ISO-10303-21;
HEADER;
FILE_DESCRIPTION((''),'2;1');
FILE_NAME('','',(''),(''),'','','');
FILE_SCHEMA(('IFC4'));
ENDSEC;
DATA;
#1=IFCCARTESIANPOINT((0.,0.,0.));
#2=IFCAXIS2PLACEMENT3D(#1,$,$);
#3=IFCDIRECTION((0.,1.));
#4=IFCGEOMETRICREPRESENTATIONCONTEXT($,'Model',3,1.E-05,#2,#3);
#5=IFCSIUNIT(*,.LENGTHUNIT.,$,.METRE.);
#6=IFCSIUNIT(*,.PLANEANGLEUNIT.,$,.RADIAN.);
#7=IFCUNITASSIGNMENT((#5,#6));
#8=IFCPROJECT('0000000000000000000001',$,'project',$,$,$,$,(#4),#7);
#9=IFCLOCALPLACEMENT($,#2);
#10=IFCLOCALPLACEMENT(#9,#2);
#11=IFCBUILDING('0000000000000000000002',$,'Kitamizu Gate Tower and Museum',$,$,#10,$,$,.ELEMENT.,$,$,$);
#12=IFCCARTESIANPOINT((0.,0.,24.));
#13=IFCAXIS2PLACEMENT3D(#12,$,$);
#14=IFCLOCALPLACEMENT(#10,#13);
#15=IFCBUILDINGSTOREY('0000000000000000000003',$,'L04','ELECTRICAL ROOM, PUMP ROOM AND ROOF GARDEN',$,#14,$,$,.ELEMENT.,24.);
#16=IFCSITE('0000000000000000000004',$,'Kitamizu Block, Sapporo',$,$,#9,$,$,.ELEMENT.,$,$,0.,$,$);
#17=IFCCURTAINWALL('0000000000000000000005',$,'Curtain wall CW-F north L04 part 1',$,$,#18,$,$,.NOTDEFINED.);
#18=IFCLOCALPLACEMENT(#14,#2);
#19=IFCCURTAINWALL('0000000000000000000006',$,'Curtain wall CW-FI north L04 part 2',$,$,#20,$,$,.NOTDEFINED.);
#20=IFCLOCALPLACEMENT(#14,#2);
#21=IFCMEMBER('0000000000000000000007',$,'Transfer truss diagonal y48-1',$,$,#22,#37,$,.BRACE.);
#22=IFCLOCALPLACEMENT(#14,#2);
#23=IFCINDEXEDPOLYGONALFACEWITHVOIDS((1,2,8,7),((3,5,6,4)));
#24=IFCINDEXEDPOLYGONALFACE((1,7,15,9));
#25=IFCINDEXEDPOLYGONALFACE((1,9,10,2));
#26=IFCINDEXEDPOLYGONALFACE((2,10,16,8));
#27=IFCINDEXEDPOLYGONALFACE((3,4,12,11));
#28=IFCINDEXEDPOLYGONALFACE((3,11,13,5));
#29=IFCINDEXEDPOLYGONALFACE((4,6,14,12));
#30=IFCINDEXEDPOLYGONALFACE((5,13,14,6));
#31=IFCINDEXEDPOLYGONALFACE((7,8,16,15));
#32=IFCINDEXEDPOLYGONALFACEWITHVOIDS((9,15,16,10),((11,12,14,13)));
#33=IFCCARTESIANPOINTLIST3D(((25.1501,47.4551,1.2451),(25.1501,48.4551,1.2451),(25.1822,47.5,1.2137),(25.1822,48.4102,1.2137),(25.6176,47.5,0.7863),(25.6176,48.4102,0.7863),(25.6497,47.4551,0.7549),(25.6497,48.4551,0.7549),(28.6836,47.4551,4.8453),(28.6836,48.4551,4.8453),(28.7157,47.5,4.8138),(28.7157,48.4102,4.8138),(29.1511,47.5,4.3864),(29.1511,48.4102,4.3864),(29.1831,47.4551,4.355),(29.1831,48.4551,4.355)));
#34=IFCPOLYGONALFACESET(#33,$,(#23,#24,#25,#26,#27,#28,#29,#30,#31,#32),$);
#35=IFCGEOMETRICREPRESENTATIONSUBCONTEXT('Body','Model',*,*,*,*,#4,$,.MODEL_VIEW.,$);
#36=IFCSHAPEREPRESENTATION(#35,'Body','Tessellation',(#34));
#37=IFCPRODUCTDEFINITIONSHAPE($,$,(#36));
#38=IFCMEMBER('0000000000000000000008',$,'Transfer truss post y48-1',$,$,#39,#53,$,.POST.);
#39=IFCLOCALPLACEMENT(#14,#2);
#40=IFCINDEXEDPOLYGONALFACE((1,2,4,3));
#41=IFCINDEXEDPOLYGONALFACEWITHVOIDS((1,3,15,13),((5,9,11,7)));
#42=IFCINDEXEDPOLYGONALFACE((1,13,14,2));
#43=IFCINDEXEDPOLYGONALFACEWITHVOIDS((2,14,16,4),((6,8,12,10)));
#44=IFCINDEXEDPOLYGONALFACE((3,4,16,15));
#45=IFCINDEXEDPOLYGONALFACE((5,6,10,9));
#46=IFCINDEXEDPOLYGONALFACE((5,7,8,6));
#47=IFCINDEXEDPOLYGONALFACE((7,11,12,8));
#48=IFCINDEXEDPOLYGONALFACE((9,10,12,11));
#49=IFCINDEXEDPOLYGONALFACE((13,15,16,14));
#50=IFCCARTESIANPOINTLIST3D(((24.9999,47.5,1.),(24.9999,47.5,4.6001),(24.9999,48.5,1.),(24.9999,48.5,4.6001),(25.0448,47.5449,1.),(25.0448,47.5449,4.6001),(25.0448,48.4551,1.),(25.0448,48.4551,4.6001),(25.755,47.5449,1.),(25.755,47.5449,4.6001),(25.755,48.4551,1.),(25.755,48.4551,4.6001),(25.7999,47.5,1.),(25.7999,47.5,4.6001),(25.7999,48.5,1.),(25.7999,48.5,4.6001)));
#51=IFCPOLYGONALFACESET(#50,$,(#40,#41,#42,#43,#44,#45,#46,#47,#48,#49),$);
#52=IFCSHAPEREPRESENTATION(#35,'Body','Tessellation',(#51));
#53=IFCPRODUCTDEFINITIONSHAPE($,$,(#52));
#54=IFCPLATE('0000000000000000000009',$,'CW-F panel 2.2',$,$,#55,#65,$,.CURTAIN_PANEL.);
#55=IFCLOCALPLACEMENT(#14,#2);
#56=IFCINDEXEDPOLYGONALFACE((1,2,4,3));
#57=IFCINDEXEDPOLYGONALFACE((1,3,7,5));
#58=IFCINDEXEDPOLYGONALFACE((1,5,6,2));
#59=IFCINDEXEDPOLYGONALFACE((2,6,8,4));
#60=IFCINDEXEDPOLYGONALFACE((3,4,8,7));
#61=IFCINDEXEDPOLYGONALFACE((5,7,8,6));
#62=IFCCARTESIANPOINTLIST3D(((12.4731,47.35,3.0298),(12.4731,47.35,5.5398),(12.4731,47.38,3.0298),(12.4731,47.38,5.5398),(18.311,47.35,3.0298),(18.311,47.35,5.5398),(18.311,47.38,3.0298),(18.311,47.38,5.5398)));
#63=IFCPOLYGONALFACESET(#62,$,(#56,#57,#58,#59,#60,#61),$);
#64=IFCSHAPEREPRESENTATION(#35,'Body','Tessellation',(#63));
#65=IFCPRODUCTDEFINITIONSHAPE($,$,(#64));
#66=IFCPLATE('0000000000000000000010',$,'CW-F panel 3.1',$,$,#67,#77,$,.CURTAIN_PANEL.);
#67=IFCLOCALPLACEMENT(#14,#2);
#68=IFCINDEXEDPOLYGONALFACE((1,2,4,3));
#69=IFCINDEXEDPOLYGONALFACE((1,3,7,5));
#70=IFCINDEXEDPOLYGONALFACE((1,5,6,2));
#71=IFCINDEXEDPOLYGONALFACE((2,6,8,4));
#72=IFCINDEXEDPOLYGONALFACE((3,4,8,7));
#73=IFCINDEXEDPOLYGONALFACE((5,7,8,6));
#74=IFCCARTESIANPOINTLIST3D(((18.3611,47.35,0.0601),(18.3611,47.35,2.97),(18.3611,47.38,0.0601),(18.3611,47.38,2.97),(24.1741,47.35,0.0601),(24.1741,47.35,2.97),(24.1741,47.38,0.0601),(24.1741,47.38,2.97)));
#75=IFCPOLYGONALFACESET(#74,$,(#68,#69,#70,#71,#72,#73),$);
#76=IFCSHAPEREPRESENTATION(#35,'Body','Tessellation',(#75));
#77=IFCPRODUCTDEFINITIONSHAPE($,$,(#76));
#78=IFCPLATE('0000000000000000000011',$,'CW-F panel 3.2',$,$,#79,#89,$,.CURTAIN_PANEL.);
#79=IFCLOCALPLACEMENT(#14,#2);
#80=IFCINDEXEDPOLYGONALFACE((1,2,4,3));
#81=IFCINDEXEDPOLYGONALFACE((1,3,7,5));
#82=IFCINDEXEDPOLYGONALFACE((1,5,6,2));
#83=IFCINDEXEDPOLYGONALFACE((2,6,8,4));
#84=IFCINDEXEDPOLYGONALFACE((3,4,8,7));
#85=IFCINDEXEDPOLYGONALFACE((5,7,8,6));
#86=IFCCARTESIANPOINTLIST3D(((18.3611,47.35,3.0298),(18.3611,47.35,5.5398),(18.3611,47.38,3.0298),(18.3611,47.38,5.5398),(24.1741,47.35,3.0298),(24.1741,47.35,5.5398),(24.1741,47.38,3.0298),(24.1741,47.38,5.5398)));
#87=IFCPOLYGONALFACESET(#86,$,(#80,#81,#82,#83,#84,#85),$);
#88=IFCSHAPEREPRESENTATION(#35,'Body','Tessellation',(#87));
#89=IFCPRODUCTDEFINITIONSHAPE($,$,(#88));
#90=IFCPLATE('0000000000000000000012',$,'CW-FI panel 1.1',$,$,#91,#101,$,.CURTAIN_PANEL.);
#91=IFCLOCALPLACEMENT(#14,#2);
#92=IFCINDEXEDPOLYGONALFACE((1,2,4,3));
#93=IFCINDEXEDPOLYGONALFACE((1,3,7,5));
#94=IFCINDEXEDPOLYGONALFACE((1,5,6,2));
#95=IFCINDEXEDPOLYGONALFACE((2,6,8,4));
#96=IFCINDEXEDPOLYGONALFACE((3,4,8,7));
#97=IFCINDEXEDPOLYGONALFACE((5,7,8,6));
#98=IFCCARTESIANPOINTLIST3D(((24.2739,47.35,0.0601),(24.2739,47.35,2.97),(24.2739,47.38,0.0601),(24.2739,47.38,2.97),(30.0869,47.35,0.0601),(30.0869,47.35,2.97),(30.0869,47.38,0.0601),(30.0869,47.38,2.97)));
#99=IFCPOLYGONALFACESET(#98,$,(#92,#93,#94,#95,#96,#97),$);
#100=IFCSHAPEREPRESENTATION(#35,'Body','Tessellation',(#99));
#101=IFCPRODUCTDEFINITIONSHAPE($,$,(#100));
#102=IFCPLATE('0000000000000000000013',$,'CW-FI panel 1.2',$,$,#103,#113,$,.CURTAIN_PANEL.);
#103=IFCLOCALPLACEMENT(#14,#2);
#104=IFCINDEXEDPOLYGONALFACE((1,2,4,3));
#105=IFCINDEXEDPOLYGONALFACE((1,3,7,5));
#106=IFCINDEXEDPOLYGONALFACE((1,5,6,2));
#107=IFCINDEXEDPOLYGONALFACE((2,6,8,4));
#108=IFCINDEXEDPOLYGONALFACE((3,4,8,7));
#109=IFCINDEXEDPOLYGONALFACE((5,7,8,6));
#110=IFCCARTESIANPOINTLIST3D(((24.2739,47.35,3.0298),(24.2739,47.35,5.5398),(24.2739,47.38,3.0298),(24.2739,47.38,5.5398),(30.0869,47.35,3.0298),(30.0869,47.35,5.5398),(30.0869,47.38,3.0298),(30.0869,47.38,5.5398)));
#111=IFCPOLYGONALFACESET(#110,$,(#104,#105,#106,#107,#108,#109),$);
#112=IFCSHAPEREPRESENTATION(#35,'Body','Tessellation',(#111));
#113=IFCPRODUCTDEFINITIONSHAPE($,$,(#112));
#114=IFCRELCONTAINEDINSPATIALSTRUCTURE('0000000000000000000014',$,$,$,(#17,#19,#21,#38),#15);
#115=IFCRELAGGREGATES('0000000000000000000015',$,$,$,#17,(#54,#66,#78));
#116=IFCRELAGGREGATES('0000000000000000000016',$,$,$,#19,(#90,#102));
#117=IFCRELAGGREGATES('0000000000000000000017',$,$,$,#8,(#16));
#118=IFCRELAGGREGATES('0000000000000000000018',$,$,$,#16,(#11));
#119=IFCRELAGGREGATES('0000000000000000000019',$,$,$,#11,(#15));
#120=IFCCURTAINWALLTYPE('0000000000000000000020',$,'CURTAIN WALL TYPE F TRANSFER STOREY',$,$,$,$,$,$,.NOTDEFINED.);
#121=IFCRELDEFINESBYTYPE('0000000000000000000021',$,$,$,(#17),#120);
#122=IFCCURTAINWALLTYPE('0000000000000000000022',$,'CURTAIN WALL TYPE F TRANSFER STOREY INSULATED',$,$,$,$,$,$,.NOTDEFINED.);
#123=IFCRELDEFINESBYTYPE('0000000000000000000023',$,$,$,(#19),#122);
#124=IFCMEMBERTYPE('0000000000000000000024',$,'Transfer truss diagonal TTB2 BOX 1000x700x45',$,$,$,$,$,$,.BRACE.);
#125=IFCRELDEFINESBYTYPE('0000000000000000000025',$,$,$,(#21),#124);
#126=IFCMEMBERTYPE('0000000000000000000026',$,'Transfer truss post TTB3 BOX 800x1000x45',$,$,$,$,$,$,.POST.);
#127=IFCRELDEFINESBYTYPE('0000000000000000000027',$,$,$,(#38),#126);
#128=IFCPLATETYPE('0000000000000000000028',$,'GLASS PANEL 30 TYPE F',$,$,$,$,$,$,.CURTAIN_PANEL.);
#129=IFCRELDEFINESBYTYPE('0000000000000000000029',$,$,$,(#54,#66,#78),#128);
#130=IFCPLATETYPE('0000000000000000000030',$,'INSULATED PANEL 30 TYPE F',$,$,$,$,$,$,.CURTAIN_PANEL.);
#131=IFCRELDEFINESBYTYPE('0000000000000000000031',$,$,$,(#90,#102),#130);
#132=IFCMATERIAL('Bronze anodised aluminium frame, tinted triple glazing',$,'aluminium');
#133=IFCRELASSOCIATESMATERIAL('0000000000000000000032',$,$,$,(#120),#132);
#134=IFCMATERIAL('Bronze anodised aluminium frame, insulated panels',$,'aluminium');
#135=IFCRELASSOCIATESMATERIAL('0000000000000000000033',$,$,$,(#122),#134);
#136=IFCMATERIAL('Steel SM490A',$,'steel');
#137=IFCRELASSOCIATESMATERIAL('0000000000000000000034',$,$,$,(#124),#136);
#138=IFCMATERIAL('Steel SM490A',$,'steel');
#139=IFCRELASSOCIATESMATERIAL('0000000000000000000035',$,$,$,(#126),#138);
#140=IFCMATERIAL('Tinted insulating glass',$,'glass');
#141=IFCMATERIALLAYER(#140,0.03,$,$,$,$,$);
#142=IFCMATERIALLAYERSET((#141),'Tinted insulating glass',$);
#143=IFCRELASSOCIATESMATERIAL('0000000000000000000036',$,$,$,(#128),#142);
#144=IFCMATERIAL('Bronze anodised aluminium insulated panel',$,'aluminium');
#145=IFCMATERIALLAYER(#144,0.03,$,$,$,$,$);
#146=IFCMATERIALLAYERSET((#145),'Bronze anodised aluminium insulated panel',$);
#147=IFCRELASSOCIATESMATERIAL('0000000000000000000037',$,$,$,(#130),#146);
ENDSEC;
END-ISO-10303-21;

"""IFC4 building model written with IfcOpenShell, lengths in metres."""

from ifc_helpers import new_model, si_unit, direction, frame, origin, origin_2d, place, context, subcontext, project, spatial, rectangle, hollow_rectangle, extrude, material, layer, layer_set, material_profile, profile_set, type_object, element, aggregate, save


model = new_model("IFC4")

# Units and contexts
model_context = context("Model", 3, precision=1e-05, world=origin(), true_north=direction((0.0, 1.0)))
body_context = subcontext(model_context, "Body", "Model", "MODEL_VIEW")
ifc_project = project(units=[si_unit("LENGTHUNIT", "METRE"), si_unit("PLANEANGLEUNIT", "RADIAN")], contexts=[model_context])

# Site, building, storey
site_placement = place(None, origin())
site = spatial("IfcSite", under=ifc_project, at=site_placement, Name="Kitamizu Block, Sapporo", CompositionType="ELEMENT", RefElevation=0.0)
building_placement = place(site_placement, origin())
building = spatial("IfcBuilding", under=site, at=building_placement, Name="Kitamizu Gate Tower and Museum", CompositionType="ELEMENT")
storey_placement = place(building_placement, frame((0.0, 0.0, 24.0)))
storey = spatial("IfcBuildingStorey", under=building, at=storey_placement, Name="L04", Description="ELECTRICAL ROOM, PUMP ROOM AND ROOF GARDEN", CompositionType="ELEMENT", Elevation=24.0)

# Curtain wall
ifc_material_1 = material(Name="Bronze anodised aluminium frame, tinted triple glazing", Category="aluminium")
curtain_wall_type_1 = type_object("IfcCurtainWallType", Name="CURTAIN WALL TYPE F TRANSFER STOREY", PredefinedType="NOTDEFINED", material=ifc_material_1)
curtain_wall_1_placement = place(storey_placement, origin())
curtain_wall_1 = element("IfcCurtainWall", 1, at=curtain_wall_1_placement, inside=storey, type_object=curtain_wall_type_1, Name="Curtain wall CW-F north L04 part 1", PredefinedType="NOTDEFINED")

# Curtain wall
ifc_material_2 = material(Name="Bronze anodised aluminium frame, insulated panels", Category="aluminium")
curtain_wall_type_2 = type_object("IfcCurtainWallType", Name="CURTAIN WALL TYPE F TRANSFER STOREY INSULATED", PredefinedType="NOTDEFINED", material=ifc_material_2)
curtain_wall_2_placement = place(storey_placement, origin())
curtain_wall_2 = element("IfcCurtainWall", 2, at=curtain_wall_2_placement, inside=storey, type_object=curtain_wall_type_2, Name="Curtain wall CW-FI north L04 part 2", PredefinedType="NOTDEFINED")

# Members
ifc_material_3 = material(Name="Steel SM490A", Category="steel")
ifc_material_profile_1 = material_profile(ifc_material_3, hollow_rectangle(XDim=1.0, YDim=0.7, WallThickness=0.0449, at=origin_2d()), Name="BOX 1000x700x45")
ifc_profile_set_1 = profile_set([ifc_material_profile_1], Name="Steel SM490A")
member_type_1 = type_object("IfcMemberType", Name="Transfer truss diagonal TTB2 BOX 1000x700x45", PredefinedType="BRACE", material=ifc_profile_set_1)
member_1_placement = place(storey_placement, frame((25.3999, 47.9551, 1.0), z_axis=(0.70047, 0.0, 0.713682), x_axis=(0.0, 1.0, 0.0)))
element("IfcMember", 3, at=member_1_placement, inside=storey, type_object=member_type_1, Name="Transfer truss diagonal y48-1", PredefinedType="BRACE", context=body_context, shape_type="SweptSolid", body=[
    extrude(hollow_rectangle(XDim=1.0, YDim=0.7, WallThickness=0.0449, at=origin_2d()), origin(), (0.0, 0.0, 1.0), 5.0444),
])
ifc_material_4 = material(Name="Steel SM490A", Category="steel")
ifc_material_profile_2 = material_profile(ifc_material_4, hollow_rectangle(XDim=0.8, YDim=1.0, WallThickness=0.0449, at=origin_2d()), Name="BOX 800x1000x45")
ifc_profile_set_2 = profile_set([ifc_material_profile_2], Name="Steel SM490A")
member_type_2 = type_object("IfcMemberType", Name="Transfer truss post TTB3 BOX 800x1000x45", PredefinedType="POST", material=ifc_profile_set_2)
member_2_placement = place(storey_placement, frame((25.3999, 48.0, 1.0), z_axis=(0.0, 0.0, 1.0), x_axis=(1.0, 0.0, 0.0)))
element("IfcMember", 4, at=member_2_placement, inside=storey, type_object=member_type_2, Name="Transfer truss post y48-1", PredefinedType="POST", context=body_context, shape_type="SweptSolid", body=[
    extrude(hollow_rectangle(XDim=0.8, YDim=1.0, WallThickness=0.0449, at=origin_2d()), origin(), (0.0, 0.0, 1.0), 3.6001),
])

# Plates
ifc_material_5 = material(Name="Tinted insulating glass", Category="glass")
ifc_layer_1 = layer(ifc_material_5, 0.03)
ifc_layer_set_1 = layer_set([ifc_layer_1], Name="Tinted insulating glass")
plate_type_1 = type_object("IfcPlateType", Name="GLASS PANEL 30 TYPE F", PredefinedType="CURTAIN_PANEL", material=ifc_layer_set_1)
plate_1_placement = place(storey_placement, frame((15.3921, 47.365, 3.0298), z_axis=(0.0, 0.0, 1.0), x_axis=(1.0, 0.0, 0.0)))
plate_1 = element("IfcPlate", 5, at=plate_1_placement, type_object=plate_type_1, Name="CW-F panel 2.2", PredefinedType="CURTAIN_PANEL", context=body_context, shape_type="SweptSolid", body=[
    extrude(rectangle(XDim=5.8379, YDim=0.03, at=origin_2d()), origin(), (0.0, 0.0, 1.0), 2.51),
])
plate_2_placement = place(storey_placement, frame((21.2676, 47.365, 0.0601), z_axis=(0.0, 0.0, 1.0), x_axis=(1.0, 0.0, 0.0)))
plate_2 = element("IfcPlate", 6, at=plate_2_placement, type_object=plate_type_1, Name="CW-F panel 3.1", PredefinedType="CURTAIN_PANEL", context=body_context, shape_type="SweptSolid", body=[
    extrude(rectangle(XDim=5.813, YDim=0.03, at=origin_2d()), origin(), (0.0, 0.0, 1.0), 2.9099),
])
plate_3_placement = place(storey_placement, frame((21.2676, 47.365, 3.0298), z_axis=(0.0, 0.0, 1.0), x_axis=(1.0, 0.0, 0.0)))
plate_3 = element("IfcPlate", 7, at=plate_3_placement, type_object=plate_type_1, Name="CW-F panel 3.2", PredefinedType="CURTAIN_PANEL", context=body_context, shape_type="SweptSolid", body=[
    extrude(rectangle(XDim=5.813, YDim=0.03, at=origin_2d()), origin(), (0.0, 0.0, 1.0), 2.51),
])
aggregate(curtain_wall_1, [plate_1, plate_2, plate_3])
ifc_material_6 = material(Name="Bronze anodised aluminium insulated panel", Category="aluminium")
ifc_layer_2 = layer(ifc_material_6, 0.03)
ifc_layer_set_2 = layer_set([ifc_layer_2], Name="Bronze anodised aluminium insulated panel")
plate_type_2 = type_object("IfcPlateType", Name="INSULATED PANEL 30 TYPE F", PredefinedType="CURTAIN_PANEL", material=ifc_layer_set_2)
plate_4_placement = place(storey_placement, frame((27.1804, 47.365, 0.0601), z_axis=(0.0, 0.0, 1.0), x_axis=(1.0, 0.0, 0.0)))
plate_4 = element("IfcPlate", 8, at=plate_4_placement, type_object=plate_type_2, Name="CW-FI panel 1.1", PredefinedType="CURTAIN_PANEL", context=body_context, shape_type="SweptSolid", body=[
    extrude(rectangle(XDim=5.813, YDim=0.03, at=origin_2d()), origin(), (0.0, 0.0, 1.0), 2.9099),
])
plate_5_placement = place(storey_placement, frame((27.1804, 47.365, 3.0298), z_axis=(0.0, 0.0, 1.0), x_axis=(1.0, 0.0, 0.0)))
plate_5 = element("IfcPlate", 9, at=plate_5_placement, type_object=plate_type_2, Name="CW-FI panel 1.2", PredefinedType="CURTAIN_PANEL", context=body_context, shape_type="SweptSolid", body=[
    extrude(rectangle(XDim=5.813, YDim=0.03, at=origin_2d()), origin(), (0.0, 0.0, 1.0), 2.51),
])
aggregate(curtain_wall_2, [plate_4, plate_5])

save(model, "model.ifc")
